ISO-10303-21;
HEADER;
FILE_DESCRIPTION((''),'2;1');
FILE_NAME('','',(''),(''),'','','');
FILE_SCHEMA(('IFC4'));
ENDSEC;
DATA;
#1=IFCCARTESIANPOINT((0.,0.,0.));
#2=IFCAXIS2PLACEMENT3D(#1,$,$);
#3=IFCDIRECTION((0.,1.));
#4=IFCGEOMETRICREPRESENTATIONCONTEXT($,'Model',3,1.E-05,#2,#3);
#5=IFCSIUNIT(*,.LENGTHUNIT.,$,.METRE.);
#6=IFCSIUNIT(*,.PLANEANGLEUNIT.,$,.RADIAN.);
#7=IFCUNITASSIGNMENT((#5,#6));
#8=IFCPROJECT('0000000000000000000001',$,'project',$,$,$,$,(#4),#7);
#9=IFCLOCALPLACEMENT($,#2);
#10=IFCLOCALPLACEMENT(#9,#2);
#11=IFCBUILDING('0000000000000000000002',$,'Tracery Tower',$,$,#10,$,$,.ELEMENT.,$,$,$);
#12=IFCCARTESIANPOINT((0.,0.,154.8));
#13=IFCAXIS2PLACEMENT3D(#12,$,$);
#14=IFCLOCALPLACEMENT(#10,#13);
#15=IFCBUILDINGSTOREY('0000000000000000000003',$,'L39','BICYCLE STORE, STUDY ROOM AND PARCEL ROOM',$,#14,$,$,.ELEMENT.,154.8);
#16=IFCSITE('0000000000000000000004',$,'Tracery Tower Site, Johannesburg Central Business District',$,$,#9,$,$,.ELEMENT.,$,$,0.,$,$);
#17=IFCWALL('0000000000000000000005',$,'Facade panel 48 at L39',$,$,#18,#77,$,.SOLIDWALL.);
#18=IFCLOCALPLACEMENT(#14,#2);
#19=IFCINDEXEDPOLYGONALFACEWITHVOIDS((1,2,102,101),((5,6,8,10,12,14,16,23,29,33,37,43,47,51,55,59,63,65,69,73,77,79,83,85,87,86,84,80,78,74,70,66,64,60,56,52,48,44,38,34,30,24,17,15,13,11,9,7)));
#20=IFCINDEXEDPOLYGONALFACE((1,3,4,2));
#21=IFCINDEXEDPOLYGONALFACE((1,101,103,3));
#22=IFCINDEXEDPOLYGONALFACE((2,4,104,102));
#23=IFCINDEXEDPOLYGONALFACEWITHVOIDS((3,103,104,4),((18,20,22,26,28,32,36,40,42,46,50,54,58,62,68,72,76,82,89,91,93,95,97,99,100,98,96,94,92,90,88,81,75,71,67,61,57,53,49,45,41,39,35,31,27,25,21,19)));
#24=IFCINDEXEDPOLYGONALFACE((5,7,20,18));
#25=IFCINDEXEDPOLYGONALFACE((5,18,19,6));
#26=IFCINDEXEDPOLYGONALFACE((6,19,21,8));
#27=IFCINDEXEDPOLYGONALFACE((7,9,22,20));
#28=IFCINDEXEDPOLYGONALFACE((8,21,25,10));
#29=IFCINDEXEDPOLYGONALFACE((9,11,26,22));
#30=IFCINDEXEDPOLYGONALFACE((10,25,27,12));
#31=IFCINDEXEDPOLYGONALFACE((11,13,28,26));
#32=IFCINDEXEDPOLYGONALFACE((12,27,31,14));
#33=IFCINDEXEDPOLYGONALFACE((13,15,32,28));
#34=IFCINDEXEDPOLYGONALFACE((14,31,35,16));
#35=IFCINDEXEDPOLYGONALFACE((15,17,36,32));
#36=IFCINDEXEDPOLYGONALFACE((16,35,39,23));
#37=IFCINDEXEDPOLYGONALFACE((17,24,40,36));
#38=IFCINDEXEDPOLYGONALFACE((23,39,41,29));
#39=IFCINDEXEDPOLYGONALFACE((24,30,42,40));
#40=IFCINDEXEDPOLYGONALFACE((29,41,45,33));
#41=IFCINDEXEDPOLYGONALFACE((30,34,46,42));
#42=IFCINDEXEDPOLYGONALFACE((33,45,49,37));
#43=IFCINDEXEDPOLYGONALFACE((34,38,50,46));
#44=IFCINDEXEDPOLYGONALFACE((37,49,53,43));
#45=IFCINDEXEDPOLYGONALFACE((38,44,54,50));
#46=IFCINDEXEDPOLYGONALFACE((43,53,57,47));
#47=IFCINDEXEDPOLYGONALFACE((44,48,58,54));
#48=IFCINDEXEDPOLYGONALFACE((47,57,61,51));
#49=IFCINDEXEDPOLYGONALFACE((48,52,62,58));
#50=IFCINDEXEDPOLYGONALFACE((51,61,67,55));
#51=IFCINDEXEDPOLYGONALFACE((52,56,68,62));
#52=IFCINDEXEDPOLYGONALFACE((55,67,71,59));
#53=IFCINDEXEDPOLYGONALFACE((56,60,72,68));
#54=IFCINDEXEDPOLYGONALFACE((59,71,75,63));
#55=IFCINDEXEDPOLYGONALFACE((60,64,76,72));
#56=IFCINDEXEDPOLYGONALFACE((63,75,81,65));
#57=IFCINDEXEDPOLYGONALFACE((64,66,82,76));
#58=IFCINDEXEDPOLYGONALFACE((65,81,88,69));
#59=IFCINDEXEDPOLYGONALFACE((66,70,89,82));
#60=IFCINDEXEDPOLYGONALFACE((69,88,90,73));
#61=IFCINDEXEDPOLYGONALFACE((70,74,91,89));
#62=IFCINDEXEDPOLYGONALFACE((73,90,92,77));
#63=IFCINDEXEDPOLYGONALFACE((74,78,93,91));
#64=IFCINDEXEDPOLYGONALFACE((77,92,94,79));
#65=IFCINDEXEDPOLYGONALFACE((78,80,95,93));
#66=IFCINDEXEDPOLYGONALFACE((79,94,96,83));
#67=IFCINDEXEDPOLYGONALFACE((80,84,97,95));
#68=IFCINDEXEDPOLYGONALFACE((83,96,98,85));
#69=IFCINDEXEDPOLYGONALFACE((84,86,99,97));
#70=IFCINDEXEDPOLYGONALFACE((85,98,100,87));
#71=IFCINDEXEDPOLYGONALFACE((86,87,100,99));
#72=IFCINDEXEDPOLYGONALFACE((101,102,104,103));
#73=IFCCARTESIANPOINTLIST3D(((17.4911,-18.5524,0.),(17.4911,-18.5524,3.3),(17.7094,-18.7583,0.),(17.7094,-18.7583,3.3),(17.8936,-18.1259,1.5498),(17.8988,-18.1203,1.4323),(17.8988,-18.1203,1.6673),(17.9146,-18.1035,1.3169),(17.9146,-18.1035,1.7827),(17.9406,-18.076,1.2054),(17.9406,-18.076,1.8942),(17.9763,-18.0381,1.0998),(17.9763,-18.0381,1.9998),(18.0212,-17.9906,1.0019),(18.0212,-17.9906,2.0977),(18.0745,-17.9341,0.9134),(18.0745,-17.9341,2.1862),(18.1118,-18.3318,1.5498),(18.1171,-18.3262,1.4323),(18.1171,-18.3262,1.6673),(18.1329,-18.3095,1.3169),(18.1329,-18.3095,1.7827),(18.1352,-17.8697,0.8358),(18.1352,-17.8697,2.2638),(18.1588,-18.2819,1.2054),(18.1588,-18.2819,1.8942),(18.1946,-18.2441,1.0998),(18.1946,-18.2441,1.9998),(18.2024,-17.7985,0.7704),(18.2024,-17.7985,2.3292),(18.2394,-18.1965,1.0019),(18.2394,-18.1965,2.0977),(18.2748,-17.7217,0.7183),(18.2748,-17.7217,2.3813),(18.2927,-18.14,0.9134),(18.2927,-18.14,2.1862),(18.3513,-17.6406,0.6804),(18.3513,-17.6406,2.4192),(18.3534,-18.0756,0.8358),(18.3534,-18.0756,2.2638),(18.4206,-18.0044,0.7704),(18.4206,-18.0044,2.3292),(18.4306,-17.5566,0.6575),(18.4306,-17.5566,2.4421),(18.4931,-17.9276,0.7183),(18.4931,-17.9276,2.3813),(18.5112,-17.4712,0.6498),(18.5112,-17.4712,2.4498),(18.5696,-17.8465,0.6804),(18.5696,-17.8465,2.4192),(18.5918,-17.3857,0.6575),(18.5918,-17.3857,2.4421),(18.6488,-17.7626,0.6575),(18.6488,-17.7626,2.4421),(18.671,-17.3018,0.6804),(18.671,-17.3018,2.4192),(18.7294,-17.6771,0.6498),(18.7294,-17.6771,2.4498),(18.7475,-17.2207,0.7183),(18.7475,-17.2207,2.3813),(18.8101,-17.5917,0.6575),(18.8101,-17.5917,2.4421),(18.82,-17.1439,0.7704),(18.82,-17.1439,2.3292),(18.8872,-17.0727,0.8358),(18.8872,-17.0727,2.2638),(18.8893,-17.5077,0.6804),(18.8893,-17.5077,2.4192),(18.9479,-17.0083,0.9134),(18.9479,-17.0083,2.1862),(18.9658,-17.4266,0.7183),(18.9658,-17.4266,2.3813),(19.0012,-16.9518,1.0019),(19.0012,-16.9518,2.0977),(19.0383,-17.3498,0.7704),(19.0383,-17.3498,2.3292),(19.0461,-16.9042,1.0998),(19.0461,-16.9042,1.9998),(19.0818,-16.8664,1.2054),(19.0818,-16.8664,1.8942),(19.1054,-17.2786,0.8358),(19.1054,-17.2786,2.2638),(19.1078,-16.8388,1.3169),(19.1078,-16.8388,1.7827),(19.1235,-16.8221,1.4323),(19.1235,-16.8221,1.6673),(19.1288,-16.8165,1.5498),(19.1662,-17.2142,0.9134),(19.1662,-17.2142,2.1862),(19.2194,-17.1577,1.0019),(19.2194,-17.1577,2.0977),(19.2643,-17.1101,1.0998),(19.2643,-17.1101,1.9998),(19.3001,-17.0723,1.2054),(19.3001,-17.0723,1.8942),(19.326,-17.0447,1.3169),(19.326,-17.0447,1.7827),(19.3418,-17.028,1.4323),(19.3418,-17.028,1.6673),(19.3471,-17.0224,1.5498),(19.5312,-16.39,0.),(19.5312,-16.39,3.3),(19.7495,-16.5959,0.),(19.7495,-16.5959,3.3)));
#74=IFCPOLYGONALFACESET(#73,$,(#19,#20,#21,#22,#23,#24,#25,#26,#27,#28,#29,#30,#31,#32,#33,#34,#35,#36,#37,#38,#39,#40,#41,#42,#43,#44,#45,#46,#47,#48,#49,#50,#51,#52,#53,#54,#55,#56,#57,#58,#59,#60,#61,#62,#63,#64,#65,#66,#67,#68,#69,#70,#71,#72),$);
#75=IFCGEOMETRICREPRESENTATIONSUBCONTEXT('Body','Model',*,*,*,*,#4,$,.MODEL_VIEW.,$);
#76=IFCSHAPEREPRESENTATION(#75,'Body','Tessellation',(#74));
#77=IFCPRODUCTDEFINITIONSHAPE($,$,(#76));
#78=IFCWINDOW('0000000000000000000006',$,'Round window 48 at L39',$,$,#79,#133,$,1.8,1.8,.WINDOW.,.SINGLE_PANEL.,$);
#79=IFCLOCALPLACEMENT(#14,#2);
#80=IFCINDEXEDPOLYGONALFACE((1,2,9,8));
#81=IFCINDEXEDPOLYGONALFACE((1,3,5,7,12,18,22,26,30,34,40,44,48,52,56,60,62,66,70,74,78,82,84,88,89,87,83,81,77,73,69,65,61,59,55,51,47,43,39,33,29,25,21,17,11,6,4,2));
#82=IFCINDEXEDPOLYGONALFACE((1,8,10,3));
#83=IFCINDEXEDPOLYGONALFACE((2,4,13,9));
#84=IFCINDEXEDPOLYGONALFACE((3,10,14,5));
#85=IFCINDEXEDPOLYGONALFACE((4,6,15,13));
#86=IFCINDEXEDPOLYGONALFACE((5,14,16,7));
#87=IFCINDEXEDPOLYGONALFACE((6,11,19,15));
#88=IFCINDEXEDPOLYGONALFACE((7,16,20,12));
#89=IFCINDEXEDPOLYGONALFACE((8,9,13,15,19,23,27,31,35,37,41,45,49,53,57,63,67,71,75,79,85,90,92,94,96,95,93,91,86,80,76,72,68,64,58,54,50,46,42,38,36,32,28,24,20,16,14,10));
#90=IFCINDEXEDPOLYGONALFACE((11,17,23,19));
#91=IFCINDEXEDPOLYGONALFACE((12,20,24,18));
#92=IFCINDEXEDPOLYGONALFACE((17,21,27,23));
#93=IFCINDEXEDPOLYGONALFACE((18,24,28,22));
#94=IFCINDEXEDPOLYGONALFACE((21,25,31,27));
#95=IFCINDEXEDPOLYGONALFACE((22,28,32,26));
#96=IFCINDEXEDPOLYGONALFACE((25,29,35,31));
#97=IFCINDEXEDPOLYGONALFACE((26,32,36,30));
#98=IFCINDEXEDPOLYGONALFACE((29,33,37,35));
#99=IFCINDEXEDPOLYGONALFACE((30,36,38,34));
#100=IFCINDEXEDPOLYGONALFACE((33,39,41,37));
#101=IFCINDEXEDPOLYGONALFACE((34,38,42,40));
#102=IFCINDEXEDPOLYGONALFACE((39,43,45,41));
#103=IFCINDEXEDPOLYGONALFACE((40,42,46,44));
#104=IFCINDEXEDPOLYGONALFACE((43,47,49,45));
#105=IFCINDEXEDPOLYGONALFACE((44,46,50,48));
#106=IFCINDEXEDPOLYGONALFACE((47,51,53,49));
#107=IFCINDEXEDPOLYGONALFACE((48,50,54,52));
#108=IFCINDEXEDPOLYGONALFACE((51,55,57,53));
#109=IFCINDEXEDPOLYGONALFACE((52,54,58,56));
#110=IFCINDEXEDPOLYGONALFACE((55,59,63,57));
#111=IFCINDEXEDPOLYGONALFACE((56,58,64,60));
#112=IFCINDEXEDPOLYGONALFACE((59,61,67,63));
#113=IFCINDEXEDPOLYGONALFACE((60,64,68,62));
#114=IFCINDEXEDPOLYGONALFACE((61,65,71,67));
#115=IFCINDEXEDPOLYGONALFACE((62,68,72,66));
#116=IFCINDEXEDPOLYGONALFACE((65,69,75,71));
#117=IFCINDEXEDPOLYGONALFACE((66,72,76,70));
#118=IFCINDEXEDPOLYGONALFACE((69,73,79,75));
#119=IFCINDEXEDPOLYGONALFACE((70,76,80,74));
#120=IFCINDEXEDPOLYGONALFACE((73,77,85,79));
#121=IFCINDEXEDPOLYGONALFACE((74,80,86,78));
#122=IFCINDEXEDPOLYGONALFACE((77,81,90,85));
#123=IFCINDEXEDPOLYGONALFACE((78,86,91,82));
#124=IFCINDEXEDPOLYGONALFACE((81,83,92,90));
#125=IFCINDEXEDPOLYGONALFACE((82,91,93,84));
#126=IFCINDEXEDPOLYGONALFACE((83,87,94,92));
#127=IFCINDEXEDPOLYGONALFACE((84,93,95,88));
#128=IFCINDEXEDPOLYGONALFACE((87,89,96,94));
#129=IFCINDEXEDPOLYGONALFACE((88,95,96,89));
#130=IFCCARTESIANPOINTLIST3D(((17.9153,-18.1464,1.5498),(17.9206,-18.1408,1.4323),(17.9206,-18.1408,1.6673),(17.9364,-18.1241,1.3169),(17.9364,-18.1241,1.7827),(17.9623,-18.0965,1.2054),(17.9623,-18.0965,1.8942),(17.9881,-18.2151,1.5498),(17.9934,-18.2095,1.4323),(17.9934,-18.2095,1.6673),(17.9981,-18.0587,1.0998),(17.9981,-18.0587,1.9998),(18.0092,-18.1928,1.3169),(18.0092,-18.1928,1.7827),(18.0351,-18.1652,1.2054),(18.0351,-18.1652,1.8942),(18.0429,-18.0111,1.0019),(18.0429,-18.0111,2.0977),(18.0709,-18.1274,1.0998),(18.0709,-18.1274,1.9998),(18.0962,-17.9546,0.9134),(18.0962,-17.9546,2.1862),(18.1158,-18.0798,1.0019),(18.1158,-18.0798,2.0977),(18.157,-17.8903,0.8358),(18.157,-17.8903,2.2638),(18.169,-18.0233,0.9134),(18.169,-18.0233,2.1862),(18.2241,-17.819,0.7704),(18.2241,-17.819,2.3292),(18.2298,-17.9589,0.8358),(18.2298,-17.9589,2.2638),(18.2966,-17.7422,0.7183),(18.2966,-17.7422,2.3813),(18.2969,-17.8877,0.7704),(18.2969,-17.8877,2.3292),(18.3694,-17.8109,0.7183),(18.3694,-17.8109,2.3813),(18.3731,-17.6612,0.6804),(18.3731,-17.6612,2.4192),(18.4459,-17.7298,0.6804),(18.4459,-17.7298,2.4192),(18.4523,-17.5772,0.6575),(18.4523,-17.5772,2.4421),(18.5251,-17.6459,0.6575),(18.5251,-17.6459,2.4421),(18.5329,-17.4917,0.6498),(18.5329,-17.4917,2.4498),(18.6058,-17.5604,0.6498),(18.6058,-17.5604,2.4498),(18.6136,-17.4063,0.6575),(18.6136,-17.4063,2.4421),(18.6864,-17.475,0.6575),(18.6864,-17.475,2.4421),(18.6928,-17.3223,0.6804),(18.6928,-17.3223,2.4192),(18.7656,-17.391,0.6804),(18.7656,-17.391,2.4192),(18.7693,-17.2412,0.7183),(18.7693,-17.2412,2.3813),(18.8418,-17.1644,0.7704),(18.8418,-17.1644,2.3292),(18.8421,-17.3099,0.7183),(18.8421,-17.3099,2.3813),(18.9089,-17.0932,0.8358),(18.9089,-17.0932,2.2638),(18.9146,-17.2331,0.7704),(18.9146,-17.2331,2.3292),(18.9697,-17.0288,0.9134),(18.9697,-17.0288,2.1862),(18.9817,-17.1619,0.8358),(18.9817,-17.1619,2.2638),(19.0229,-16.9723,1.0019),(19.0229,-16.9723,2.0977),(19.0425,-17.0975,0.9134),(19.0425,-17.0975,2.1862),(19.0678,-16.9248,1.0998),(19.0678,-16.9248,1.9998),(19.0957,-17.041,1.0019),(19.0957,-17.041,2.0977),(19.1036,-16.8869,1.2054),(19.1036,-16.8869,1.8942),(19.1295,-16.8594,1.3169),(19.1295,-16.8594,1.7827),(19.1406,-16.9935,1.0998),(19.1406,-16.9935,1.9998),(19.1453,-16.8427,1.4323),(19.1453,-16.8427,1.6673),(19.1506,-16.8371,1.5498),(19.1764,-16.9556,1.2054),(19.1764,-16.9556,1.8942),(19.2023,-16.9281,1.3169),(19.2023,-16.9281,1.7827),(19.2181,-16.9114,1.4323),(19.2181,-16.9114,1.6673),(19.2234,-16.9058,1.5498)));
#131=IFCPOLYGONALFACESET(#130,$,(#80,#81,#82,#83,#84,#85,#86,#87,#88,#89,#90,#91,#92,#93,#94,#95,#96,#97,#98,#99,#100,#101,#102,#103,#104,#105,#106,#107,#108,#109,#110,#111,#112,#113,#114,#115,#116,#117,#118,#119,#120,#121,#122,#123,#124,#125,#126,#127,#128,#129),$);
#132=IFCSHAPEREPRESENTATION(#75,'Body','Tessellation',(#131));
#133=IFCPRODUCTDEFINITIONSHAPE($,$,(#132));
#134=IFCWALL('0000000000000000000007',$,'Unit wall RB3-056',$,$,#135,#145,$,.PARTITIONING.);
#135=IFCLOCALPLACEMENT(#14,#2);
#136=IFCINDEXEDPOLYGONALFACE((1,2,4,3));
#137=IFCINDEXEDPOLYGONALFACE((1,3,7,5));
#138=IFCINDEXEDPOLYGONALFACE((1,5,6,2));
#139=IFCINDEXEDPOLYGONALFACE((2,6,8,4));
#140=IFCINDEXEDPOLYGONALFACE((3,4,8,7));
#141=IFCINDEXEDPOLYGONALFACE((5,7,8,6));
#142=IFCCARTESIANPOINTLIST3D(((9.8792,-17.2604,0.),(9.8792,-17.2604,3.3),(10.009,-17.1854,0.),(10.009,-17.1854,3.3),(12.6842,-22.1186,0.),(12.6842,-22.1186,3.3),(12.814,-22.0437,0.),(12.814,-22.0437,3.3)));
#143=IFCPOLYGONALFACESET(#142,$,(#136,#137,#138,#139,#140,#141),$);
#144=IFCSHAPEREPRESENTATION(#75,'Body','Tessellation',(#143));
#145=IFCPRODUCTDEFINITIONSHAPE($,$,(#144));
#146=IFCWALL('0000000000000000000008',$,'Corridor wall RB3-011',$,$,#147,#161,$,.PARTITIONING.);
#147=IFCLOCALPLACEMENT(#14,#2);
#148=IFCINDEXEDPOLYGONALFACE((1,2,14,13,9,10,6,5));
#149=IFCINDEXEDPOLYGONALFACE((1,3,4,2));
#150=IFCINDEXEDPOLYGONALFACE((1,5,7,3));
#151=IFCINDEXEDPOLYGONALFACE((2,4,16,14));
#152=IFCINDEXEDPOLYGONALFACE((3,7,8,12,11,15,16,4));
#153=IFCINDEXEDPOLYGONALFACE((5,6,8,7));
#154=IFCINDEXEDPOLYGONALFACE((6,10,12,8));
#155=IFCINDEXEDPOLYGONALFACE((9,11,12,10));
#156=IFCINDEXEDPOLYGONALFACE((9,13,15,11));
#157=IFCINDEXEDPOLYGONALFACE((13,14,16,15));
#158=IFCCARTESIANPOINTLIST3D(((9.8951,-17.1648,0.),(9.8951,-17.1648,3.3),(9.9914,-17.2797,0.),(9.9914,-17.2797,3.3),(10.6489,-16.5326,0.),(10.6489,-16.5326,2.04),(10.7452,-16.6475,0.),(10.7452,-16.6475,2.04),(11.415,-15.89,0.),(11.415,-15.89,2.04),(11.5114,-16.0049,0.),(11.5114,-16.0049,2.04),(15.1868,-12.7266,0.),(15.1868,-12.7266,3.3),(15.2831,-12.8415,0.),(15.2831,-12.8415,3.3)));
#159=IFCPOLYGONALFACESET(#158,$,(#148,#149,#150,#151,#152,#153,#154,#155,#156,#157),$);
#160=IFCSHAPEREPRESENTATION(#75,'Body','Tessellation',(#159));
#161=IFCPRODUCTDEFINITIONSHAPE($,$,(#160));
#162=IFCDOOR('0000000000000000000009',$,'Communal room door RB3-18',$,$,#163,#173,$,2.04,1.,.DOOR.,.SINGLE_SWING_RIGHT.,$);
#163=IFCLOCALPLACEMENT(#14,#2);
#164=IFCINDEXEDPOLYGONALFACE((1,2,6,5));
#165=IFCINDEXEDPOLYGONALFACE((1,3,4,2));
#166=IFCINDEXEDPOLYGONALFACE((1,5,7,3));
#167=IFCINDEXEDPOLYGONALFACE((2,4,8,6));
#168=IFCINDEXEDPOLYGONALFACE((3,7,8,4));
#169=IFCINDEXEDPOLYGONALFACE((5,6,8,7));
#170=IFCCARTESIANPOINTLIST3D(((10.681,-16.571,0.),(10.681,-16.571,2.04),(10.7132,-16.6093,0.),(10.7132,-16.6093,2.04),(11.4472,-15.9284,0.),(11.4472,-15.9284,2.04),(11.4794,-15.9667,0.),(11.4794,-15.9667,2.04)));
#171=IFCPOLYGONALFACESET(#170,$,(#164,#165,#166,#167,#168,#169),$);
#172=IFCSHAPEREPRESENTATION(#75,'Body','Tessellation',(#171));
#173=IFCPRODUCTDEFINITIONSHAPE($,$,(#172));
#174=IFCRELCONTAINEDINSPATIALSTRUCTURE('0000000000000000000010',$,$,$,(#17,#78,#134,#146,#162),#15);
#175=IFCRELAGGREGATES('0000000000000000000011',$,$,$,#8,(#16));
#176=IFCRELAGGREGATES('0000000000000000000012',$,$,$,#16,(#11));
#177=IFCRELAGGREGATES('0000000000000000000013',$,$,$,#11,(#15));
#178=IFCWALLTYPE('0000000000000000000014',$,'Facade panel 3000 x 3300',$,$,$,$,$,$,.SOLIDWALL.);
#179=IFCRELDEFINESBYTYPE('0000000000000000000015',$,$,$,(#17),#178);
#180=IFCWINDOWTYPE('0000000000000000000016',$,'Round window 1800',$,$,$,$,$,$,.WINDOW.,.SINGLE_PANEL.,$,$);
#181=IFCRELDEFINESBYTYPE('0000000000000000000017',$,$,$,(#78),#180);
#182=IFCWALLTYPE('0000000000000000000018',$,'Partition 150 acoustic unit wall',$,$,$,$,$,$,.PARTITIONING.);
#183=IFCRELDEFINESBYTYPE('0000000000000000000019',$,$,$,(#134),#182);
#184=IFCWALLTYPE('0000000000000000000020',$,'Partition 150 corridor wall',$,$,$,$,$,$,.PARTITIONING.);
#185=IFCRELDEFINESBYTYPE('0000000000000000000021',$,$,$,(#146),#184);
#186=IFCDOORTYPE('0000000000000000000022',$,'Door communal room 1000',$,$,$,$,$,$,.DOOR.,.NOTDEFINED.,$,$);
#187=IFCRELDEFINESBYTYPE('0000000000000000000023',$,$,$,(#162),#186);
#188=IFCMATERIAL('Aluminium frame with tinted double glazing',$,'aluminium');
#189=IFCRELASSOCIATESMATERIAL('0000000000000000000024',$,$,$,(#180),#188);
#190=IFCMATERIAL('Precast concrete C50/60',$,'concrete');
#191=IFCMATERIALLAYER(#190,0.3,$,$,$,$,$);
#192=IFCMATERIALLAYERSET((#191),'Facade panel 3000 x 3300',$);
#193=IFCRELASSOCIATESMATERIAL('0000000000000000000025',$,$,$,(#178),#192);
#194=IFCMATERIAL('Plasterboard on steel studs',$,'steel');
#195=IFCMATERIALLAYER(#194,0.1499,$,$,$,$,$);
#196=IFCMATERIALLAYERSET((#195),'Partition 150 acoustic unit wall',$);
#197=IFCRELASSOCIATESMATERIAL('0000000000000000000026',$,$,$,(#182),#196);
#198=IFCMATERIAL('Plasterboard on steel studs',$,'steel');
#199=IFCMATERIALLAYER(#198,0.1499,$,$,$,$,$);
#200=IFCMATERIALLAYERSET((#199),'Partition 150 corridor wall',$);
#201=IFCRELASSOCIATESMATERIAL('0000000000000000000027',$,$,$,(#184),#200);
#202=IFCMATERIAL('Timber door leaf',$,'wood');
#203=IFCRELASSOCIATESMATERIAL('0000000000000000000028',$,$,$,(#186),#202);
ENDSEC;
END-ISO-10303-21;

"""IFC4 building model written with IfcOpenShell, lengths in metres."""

from ifc_helpers import new_model, si_unit, direction, frame, frame_2d, origin, origin_2d, place, context, subcontext, project, spatial, rectangle, circle, extrude, material, layer, layer_set, type_object, element, fill, save


model = new_model("IFC4")

# Units and contexts
model_context = context("Model", 3, precision=1e-05, world=origin(), true_north=direction((0.0, 1.0)))
body_context = subcontext(model_context, "Body", "Model", "MODEL_VIEW")
ifc_project = project(units=[si_unit("LENGTHUNIT", "METRE"), si_unit("PLANEANGLEUNIT", "RADIAN")], contexts=[model_context])

# Site, building, storey
site_placement = place(None, origin())
site = spatial("IfcSite", under=ifc_project, at=site_placement, Name="Tracery Tower Site, Johannesburg Central Business District", CompositionType="ELEMENT", RefElevation=0.0)
building_placement = place(site_placement, origin())
building = spatial("IfcBuilding", under=site, at=building_placement, Name="Tracery Tower", CompositionType="ELEMENT")
storey_placement = place(building_placement, frame((0.0, 0.0, 154.8)))
storey = spatial("IfcBuildingStorey", under=building, at=storey_placement, Name="L39", Description="BICYCLE STORE, STUDY ROOM AND PARCEL ROOM", CompositionType="ELEMENT", Elevation=154.8)

# Wall, opening, window
ifc_material_1 = material(Name="Aluminium frame with tinted double glazing", Category="aluminium")
window_type = type_object("IfcWindowType", Name="Round window 1800", PartitioningType="SINGLE_PANEL", PredefinedType="WINDOW", material=ifc_material_1)
ifc_material_2 = material(Name="Precast concrete C50/60", Category="concrete")
ifc_layer_1 = layer(ifc_material_2, 0.3)
ifc_layer_set_1 = layer_set([ifc_layer_1], Name="Facade panel 3000 x 3300")
wall_type_1 = type_object("IfcWallType", Name="Facade panel 3000 x 3300", PredefinedType="SOLIDWALL", material=ifc_layer_set_1)
wall_1_placement = place(storey_placement, frame((17.6003, -18.6553, 0.0), z_axis=(0.0, 0.0, 1.0), x_axis=(0.686235, 0.72738, 0.0)))
wall_1 = element("IfcWall", 1, at=wall_1_placement, inside=storey, type_object=wall_type_1, Name="Facade panel 48 at L39", PredefinedType="SOLIDWALL", context=body_context, shape_type="SweptSolid", body=[
    extrude(rectangle(XDim=2.9729, YDim=0.3, at=frame_2d((1.4863, 0.0))), origin(), (0.0, 0.0, 1.0), 3.3),
])
opening_1_placement = place(wall_1_placement, frame((1.4863, 0.0, 1.5498)))
opening_1 = element("IfcOpeningElement", 2, at=opening_1_placement, cuts=wall_1, PredefinedType="OPENING", context=body_context, shape_type="SweptSolid", body=[
    extrude(circle(Radius=0.9, at=origin_2d()), frame((0.0, 0.1599, 0.0), z_axis=(0.0, -1.0, 0.0), x_axis=(1.0, 0.0, 0.0)), (0.0, 0.0, 1.0), 0.3201),
])
window_1_placement = place(opening_1_placement, origin())
window_1 = element("IfcWindow", 3, at=window_1_placement, inside=storey, type_object=window_type, Name="Round window 48 at L39", OverallHeight=1.8, OverallWidth=1.8, PartitioningType="SINGLE_PANEL", PredefinedType="WINDOW", context=body_context, shape_type="SweptSolid", body=[
    extrude(circle(Radius=0.9, at=origin_2d()), frame((0.0, 0.1201, 0.0), z_axis=(0.0, -1.0, 0.0), x_axis=(1.0, 0.0, 0.0)), (0.0, 0.0, 1.0), 0.1001),
])
fill(opening_1, window_1)

# Wall
ifc_material_3 = material(Name="Plasterboard on steel studs", Category="steel")
ifc_layer_2 = layer(ifc_material_3, 0.1499)
ifc_layer_set_2 = layer_set([ifc_layer_2], Name="Partition 150 acoustic unit wall")
wall_type_2 = type_object("IfcWallType", Name="Partition 150 acoustic unit wall", PredefinedType="PARTITIONING", material=ifc_layer_set_2)
wall_2_placement = place(storey_placement, frame((9.9441, -17.2229, 0.0), z_axis=(0.0, 0.0, 1.0), x_axis=(0.50001, -0.86602, 0.0)))
element("IfcWall", 4, at=wall_2_placement, inside=storey, type_object=wall_type_2, Name="Unit wall RB3-056", PredefinedType="PARTITIONING", context=body_context, shape_type="SweptSolid", body=[
    extrude(rectangle(XDim=5.6099, YDim=0.1499, at=frame_2d((2.8049, 0.0))), origin(), (0.0, 0.0, 1.0), 3.3),
])

# Wall, opening, door
ifc_material_4 = material(Name="Plasterboard on steel studs", Category="steel")
ifc_layer_3 = layer(ifc_material_4, 0.1499)
ifc_layer_set_3 = layer_set([ifc_layer_3], Name="Partition 150 corridor wall")
wall_type_3 = type_object("IfcWallType", Name="Partition 150 corridor wall", PredefinedType="PARTITIONING", material=ifc_layer_set_3)
wall_3_placement = place(storey_placement, frame((9.9434, -17.2222, 0.0), z_axis=(0.0, 0.0, 1.0), x_axis=(0.766192, 0.642612, 0.0)))
wall_3 = element("IfcWall", 5, at=wall_3_placement, inside=storey, type_object=wall_type_3, Name="Corridor wall RB3-011", PredefinedType="PARTITIONING", context=body_context, shape_type="SweptSolid", body=[
    extrude(rectangle(XDim=6.9065, YDim=0.1499, at=frame_2d((3.4531, 0.0))), origin(), (0.0, 0.0, 1.0), 3.3),
])
opening_2_placement = place(wall_3_placement, frame((0.9836, 0.0, 0.0)))
opening_2 = element("IfcOpeningElement", 6, at=opening_2_placement, cuts=wall_3, PredefinedType="OPENING", context=body_context, shape_type="SweptSolid", body=[
    extrude(rectangle(XDim=1.0, YDim=2.04, at=frame_2d((0.5, 1.02))), frame((0.0, 0.075, 0.0), z_axis=(0.0, -1.0, 0.0), x_axis=(1.0, 0.0, 0.0)), (0.0, 0.0, 1.0), 0.1499),
])
ifc_material_5 = material(Name="Timber door leaf", Category="wood")
door_type = type_object("IfcDoorType", Name="Door communal room 1000", OperationType="NOTDEFINED", PredefinedType="DOOR", material=ifc_material_5)
door_placement = place(opening_2_placement, origin())
door = element("IfcDoor", 7, at=door_placement, inside=storey, type_object=door_type, Name="Communal room door RB3-18", OperationType="SINGLE_SWING_RIGHT", OverallHeight=2.04, OverallWidth=1.0, PredefinedType="DOOR", context=body_context, shape_type="SweptSolid", body=[
    extrude(rectangle(XDim=1.0, YDim=2.04, at=frame_2d((0.5, 1.02))), frame((0.0, 0.0249, 0.0), z_axis=(0.0, -1.0, 0.0), x_axis=(1.0, 0.0, 0.0)), (0.0, 0.0, 1.0), 0.05),
])
fill(opening_2, door)

save(model, "model.ifc")
